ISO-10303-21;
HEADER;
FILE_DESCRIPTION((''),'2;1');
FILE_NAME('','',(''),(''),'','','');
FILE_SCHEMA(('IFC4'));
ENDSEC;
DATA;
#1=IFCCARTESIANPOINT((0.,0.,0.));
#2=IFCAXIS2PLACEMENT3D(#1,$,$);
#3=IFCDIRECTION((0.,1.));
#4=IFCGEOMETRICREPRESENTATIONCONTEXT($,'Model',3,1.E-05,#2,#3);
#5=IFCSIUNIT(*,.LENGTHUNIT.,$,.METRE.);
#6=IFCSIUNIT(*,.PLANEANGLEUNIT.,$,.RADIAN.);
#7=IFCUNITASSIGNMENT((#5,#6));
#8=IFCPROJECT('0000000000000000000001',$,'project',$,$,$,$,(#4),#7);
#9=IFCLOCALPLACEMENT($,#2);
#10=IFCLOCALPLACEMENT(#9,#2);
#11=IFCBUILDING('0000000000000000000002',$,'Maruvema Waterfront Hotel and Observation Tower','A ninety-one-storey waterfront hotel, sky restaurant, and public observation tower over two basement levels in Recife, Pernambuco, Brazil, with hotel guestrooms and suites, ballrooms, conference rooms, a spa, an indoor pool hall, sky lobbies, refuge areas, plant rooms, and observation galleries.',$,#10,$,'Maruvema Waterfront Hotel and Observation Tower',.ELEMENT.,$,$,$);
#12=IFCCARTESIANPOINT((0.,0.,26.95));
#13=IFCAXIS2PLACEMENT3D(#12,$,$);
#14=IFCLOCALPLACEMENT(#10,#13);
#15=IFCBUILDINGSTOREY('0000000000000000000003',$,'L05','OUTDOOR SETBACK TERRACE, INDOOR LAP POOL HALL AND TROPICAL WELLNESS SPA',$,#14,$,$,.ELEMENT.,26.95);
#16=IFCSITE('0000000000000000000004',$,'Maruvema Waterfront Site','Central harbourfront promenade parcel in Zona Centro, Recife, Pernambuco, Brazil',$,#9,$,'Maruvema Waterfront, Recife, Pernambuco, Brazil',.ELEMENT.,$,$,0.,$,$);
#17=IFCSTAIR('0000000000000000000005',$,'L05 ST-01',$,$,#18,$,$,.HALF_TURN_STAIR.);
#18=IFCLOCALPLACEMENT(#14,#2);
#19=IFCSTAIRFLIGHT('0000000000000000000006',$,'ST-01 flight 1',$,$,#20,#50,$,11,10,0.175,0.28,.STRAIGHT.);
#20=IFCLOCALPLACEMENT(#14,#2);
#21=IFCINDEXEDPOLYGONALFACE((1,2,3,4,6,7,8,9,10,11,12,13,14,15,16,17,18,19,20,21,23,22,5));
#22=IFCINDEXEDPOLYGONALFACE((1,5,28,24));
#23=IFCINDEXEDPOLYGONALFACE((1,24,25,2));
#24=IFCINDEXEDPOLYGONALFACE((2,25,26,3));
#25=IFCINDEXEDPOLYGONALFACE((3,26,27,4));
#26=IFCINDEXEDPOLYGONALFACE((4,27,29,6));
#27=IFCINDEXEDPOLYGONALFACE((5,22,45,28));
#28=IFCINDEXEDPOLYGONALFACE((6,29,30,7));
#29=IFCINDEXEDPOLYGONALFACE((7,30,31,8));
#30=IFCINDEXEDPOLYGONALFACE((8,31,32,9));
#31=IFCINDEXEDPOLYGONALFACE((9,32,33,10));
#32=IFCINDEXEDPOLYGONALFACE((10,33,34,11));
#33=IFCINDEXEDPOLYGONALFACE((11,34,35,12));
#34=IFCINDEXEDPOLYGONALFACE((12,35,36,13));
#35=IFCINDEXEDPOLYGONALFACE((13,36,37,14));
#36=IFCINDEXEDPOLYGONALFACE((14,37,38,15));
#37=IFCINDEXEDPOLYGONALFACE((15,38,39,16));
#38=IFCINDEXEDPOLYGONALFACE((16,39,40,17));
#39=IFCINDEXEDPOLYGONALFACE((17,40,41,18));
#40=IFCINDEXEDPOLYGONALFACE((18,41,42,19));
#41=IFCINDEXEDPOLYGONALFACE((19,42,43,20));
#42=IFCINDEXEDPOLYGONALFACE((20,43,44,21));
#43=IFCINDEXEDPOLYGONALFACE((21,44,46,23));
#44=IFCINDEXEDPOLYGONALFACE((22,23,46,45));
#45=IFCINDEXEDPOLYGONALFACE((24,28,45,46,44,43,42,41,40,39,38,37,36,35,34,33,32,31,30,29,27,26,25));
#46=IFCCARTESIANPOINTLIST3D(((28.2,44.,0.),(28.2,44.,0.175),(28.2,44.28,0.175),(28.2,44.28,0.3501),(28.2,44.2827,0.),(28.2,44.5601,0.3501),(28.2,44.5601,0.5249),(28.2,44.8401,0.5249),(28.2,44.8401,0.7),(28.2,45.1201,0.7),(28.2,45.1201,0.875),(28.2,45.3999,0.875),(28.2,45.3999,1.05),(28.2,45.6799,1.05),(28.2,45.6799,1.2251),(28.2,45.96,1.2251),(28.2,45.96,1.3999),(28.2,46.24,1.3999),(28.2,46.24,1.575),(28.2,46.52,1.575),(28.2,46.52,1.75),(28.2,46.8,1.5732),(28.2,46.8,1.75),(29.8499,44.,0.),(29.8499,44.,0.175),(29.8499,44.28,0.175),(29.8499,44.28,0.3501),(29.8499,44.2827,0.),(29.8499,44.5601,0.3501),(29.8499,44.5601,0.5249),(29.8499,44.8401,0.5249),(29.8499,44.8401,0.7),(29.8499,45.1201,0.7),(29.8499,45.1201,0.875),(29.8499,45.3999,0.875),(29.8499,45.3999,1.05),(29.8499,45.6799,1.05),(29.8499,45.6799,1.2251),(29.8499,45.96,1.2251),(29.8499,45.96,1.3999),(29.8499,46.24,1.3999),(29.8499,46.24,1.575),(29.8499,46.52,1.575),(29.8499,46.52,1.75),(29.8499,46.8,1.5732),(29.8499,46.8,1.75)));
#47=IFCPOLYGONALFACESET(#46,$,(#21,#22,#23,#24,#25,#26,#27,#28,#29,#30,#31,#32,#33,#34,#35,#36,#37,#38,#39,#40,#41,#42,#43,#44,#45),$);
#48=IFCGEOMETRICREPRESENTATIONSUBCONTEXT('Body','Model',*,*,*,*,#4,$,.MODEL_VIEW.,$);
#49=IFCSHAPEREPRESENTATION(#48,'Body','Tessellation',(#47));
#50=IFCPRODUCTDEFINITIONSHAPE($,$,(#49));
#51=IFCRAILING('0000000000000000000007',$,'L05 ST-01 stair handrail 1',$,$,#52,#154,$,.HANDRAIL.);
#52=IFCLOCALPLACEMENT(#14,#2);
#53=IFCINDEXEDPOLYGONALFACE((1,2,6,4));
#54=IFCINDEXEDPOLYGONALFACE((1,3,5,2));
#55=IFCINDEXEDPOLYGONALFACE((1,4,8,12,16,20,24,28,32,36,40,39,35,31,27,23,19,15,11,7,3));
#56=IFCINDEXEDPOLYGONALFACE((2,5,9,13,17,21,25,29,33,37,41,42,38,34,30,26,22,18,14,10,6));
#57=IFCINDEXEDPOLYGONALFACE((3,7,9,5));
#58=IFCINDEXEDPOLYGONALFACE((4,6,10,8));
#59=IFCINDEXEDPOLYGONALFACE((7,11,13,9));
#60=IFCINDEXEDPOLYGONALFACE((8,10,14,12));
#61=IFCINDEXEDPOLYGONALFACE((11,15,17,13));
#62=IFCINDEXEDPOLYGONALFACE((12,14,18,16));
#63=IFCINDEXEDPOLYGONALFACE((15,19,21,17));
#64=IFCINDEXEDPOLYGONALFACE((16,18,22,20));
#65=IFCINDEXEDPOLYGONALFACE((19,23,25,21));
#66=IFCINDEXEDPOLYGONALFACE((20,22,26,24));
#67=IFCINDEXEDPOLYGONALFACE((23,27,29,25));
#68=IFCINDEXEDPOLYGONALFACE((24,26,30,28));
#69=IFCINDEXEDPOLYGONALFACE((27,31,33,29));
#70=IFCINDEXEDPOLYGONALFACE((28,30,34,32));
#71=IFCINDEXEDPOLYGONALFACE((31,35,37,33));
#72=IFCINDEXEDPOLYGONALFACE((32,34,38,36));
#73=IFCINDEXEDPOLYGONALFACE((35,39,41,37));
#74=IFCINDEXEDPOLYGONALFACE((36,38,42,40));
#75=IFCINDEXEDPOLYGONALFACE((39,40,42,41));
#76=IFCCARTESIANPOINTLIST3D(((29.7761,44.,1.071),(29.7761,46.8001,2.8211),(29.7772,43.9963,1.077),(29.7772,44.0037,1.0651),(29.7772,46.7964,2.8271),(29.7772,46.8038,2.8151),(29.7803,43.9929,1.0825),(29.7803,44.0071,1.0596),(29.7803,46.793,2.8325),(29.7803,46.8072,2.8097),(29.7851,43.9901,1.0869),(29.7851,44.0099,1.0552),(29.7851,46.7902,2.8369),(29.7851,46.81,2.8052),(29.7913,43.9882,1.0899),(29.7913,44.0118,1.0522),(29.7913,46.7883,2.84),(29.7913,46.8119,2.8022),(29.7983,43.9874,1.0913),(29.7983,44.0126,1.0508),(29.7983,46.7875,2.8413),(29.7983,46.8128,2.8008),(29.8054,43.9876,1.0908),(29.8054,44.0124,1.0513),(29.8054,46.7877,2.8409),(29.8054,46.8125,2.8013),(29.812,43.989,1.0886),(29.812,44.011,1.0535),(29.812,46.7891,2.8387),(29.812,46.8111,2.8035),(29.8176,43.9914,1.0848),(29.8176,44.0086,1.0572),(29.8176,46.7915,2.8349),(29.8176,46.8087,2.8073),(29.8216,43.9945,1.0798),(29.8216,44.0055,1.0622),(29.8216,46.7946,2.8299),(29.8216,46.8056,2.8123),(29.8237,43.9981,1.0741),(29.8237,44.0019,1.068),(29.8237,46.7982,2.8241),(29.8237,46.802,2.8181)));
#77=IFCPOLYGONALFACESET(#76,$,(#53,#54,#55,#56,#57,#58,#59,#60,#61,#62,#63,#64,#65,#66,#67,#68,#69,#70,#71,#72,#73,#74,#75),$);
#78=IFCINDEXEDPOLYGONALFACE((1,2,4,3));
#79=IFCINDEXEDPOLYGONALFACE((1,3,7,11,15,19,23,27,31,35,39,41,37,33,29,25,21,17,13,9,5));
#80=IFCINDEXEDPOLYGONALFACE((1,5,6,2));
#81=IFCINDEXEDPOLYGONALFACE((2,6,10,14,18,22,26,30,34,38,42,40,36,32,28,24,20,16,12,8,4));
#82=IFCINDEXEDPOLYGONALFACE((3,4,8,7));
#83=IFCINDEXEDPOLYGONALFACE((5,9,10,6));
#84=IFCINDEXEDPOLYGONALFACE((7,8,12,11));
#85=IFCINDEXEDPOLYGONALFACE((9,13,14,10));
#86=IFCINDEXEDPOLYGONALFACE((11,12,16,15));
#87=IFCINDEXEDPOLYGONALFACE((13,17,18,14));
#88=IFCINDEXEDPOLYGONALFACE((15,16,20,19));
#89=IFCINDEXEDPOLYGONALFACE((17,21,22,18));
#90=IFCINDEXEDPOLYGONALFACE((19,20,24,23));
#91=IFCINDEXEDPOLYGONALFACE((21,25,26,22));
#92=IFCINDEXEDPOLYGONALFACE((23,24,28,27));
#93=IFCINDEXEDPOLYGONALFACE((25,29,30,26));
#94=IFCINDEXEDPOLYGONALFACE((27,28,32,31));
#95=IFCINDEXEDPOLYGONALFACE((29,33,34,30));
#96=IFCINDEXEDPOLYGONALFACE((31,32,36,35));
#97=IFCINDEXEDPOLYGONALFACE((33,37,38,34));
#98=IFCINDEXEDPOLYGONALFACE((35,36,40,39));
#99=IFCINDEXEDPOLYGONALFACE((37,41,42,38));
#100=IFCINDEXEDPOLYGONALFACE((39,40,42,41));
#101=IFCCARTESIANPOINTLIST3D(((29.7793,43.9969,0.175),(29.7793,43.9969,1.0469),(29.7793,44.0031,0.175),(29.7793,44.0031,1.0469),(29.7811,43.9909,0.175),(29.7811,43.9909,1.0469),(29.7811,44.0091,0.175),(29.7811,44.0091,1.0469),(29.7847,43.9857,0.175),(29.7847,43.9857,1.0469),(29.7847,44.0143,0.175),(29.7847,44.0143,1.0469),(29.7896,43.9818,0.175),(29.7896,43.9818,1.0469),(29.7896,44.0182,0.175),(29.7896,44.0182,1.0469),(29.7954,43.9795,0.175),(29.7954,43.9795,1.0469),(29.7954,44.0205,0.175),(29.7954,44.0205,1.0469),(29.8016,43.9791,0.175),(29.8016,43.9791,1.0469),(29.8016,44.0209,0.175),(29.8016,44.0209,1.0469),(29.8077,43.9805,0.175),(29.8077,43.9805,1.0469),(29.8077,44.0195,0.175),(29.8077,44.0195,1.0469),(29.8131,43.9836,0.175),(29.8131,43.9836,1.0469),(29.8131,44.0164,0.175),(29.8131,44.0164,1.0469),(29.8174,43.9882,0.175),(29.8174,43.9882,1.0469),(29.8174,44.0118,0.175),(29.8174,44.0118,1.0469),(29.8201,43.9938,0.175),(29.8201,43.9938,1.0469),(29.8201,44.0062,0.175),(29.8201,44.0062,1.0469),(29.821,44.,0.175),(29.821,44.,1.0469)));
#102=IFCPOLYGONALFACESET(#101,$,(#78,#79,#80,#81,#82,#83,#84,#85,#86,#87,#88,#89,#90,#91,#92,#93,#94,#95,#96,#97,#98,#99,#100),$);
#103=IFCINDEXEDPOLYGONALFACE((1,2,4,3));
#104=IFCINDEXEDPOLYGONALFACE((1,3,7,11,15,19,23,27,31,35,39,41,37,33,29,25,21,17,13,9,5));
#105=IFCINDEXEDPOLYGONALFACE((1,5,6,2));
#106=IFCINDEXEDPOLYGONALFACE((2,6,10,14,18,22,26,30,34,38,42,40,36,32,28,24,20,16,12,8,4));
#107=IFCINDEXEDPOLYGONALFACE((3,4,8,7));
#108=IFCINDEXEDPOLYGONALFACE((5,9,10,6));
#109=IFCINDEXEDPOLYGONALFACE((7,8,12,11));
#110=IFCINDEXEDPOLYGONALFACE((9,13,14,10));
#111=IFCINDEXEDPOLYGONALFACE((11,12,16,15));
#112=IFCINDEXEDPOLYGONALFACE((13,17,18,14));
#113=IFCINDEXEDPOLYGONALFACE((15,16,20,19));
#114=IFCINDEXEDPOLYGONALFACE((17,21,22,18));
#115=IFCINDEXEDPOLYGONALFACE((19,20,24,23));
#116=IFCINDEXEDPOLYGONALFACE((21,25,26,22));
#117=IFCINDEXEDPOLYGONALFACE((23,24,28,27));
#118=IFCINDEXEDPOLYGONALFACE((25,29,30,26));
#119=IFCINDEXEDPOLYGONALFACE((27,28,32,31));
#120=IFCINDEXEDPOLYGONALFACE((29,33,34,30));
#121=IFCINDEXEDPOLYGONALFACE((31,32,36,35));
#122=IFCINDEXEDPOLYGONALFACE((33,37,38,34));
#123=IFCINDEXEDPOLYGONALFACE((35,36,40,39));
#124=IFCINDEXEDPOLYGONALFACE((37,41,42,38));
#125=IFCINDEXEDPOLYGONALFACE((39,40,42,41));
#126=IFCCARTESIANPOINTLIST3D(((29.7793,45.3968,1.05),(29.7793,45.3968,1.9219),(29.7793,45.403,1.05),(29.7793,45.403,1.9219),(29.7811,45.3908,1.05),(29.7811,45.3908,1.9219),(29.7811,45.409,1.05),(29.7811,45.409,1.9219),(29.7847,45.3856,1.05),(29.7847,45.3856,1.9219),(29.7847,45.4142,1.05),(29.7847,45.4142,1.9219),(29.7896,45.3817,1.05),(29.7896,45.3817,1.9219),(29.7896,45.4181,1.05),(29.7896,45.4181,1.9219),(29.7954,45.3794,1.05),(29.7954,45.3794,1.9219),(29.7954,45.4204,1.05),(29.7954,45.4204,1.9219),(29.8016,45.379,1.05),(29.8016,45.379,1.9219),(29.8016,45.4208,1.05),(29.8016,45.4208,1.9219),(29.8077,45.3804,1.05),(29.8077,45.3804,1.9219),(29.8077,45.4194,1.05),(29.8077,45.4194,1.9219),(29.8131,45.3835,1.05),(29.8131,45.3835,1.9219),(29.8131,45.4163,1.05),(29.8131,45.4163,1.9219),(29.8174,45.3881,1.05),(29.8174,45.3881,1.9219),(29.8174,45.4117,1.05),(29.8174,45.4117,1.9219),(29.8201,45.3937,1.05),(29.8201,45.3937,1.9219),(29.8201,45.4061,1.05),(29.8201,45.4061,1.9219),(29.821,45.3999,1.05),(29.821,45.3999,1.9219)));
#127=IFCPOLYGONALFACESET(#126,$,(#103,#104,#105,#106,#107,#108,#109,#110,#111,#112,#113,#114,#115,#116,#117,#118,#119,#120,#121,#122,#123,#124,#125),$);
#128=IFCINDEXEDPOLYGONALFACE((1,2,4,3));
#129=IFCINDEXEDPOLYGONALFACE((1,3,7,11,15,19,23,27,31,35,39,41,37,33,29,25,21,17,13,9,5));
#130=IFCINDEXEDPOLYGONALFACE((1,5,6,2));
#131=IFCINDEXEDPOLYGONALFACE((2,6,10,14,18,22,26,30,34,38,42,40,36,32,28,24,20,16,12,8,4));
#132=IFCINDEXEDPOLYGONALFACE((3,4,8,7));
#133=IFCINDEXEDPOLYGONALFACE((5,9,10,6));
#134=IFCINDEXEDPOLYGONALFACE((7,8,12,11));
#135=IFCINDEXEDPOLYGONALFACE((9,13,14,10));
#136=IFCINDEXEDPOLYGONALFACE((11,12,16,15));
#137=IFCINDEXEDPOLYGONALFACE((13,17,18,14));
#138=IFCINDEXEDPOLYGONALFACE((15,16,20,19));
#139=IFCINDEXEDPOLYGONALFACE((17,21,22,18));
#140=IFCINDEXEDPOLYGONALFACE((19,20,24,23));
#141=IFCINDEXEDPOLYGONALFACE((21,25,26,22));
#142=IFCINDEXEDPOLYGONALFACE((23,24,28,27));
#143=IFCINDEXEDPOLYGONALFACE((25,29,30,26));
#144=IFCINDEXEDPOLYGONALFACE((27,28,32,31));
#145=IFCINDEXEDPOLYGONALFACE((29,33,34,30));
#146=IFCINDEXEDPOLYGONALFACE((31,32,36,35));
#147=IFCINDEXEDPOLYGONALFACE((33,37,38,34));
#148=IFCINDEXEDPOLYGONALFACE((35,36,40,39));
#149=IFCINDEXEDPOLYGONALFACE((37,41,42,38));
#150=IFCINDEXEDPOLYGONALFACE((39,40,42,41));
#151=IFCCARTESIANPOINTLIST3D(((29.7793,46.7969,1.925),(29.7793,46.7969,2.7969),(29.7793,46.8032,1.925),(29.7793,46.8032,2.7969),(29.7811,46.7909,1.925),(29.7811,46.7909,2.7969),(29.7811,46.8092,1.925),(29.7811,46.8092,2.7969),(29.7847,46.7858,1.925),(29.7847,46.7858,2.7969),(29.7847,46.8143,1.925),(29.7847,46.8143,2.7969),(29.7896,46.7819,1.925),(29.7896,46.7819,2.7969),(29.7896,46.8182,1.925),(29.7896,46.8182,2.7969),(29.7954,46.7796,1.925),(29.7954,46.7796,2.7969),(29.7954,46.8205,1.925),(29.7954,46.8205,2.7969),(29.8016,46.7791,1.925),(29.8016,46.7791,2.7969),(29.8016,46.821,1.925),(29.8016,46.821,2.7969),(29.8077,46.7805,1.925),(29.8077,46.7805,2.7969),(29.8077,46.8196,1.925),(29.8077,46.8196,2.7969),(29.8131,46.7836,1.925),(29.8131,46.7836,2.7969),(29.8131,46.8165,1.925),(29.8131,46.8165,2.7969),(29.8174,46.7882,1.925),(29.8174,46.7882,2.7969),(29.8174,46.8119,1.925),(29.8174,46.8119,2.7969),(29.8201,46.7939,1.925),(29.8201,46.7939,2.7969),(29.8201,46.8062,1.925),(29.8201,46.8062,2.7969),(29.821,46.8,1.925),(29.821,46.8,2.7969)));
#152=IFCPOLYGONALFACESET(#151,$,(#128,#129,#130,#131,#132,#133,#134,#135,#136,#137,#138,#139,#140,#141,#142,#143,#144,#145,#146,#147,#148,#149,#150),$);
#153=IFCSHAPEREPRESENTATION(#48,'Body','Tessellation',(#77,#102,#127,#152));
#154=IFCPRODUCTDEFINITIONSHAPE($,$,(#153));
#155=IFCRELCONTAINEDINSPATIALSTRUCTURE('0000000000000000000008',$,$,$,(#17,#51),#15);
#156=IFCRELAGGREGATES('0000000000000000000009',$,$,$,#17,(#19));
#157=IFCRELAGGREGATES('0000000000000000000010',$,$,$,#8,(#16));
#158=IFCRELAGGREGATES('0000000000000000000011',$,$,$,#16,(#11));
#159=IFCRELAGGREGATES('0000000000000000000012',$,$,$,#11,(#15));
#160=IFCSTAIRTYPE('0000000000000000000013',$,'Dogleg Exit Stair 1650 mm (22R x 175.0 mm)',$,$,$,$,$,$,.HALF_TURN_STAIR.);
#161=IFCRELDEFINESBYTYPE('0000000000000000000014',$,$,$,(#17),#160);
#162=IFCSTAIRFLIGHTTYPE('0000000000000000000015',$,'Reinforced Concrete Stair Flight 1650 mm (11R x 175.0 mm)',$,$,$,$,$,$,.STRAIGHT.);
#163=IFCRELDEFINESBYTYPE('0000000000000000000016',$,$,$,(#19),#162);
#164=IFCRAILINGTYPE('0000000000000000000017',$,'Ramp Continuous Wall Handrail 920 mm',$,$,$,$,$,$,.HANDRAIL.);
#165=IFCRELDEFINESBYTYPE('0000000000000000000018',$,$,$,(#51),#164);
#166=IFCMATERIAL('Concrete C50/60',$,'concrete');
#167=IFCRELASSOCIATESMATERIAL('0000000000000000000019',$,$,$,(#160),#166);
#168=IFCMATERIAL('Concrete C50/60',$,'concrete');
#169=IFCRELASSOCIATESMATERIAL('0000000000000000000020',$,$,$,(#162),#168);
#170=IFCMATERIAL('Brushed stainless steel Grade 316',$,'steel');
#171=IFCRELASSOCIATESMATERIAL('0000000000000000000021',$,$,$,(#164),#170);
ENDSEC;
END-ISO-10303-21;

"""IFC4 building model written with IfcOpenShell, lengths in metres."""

from ifc_helpers import new_model, si_unit, direction, frame, origin, origin_2d, place, context, subcontext, project, spatial, polyline, circle, outline, extrude, material, type_object, element, aggregate, save


model = new_model("IFC4")

# Units and contexts
model_context = context("Model", 3, precision=1e-05, world=origin(), true_north=direction((0.0, 1.0)))
body_context = subcontext(model_context, "Body", "Model", "MODEL_VIEW")
ifc_project = project(units=[si_unit("LENGTHUNIT", "METRE"), si_unit("PLANEANGLEUNIT", "RADIAN")], contexts=[model_context])

# Site, building, storey
site_placement = place(None, origin())
site = spatial("IfcSite", under=ifc_project, at=site_placement, Name="Maruvema Waterfront Site", Description="Central harbourfront promenade parcel in Zona Centro, Recife, Pernambuco, Brazil", LongName="Maruvema Waterfront, Recife, Pernambuco, Brazil", CompositionType="ELEMENT", RefElevation=0.0)
building_placement = place(site_placement, origin())
building = spatial("IfcBuilding", under=site, at=building_placement, Name="Maruvema Waterfront Hotel and Observation Tower", Description="A ninety-one-storey waterfront hotel, sky restaurant, and public observation tower over two basement levels in Recife, Pernambuco, Brazil, with hotel guestrooms and suites, ballrooms, conference rooms, a spa, an indoor pool hall, sky lobbies, refuge areas, plant rooms, and observation galleries.", LongName="Maruvema Waterfront Hotel and Observation Tower", CompositionType="ELEMENT")
storey_placement = place(building_placement, frame((0.0, 0.0, 26.95)))
storey = spatial("IfcBuildingStorey", under=building, at=storey_placement, Name="L05", Description="OUTDOOR SETBACK TERRACE, INDOOR LAP POOL HALL AND TROPICAL WELLNESS SPA", CompositionType="ELEMENT", Elevation=26.95)

# Stair, stair flight
ifc_material_1 = material(Name="Concrete C50/60", Category="concrete")
stair_type = type_object("IfcStairType", Name="Dogleg Exit Stair 1650 mm (22R x 175.0 mm)", PredefinedType="HALF_TURN_STAIR", material=ifc_material_1)
stair_placement = place(storey_placement, origin())
stair = element("IfcStair", 1, at=stair_placement, inside=storey, type_object=stair_type, Name="L05 ST-01", PredefinedType="HALF_TURN_STAIR")
ifc_material_2 = material(Name="Concrete C50/60", Category="concrete")
stair_flight_type = type_object("IfcStairFlightType", Name="Reinforced Concrete Stair Flight 1650 mm (11R x 175.0 mm)", PredefinedType="STRAIGHT", material=ifc_material_2)
stair_flight_placement = place(storey_placement, frame((29.0249, 44.0, 0.0), z_axis=(0.0, 0.0, 1.0), x_axis=(0.0, 1.0, 0.0)))
stair_flight = element("IfcStairFlight", 2, at=stair_flight_placement, type_object=stair_flight_type, Name="ST-01 flight 1", NumberOfRisers=11, NumberOfTreads=10, PredefinedType="STRAIGHT", RiserHeight=0.175, TreadLength=0.28, context=body_context, shape_type="SweptSolid", body=[
    extrude(outline(polyline([(0.0, 0.0), (0.0, 0.175), (0.28, 0.175), (0.28, 0.3501), (0.5601, 0.3501), (0.5601, 0.5249), (0.8401, 0.5249), (0.8401, 0.7), (1.1201, 0.7), (1.1201, 0.875), (1.3999, 0.875), (1.3999, 1.05), (1.6799, 1.05), (1.6799, 1.2251), (1.96, 1.2251), (1.96, 1.3999), (2.24, 1.3999), (2.24, 1.575), (2.52, 1.575), (2.52, 1.75), (2.8, 1.75), (2.8, 1.925), (2.8, 1.5732), (0.2827, 0.0), (0.0, 0.0)])), frame((0.0, 0.825, 0.0), z_axis=(0.0, -1.0, 0.0), x_axis=(1.0, 0.0, 0.0)), (0.0, 0.0, 1.0), 1.6499),
])
aggregate(stair, [stair_flight])

# Railing
ifc_material_3 = material(Name="Brushed stainless steel Grade 316", Category="steel")
railing_type_1 = type_object("IfcRailingType", Name="Ramp Continuous Wall Handrail 920 mm", PredefinedType="HANDRAIL", material=ifc_material_3)
railing_1_placement = place(storey_placement, frame((29.8, 44.0, 0.175)))
element("IfcRailing", 3, at=railing_1_placement, inside=storey, type_object=railing_type_1, Name="L05 ST-01 stair handrail 1", PredefinedType="HANDRAIL", context=body_context, shape_type="SweptSolid", body=[
    extrude(circle(Radius=0.0239, at=origin_2d()), frame((0.0, 0.0, 0.896), z_axis=(0.0, 0.848002, 0.529992), x_axis=(-1.0, 0.0, 0.0)), (0.0, 0.0, 1.0), 3.302),
    extrude(circle(Radius=0.021, at=origin_2d()), origin(), (0.0, 0.0, 1.0), 0.8718),
    extrude(circle(Radius=0.021, at=origin_2d()), frame((0.0, 1.3999, 0.875)), (0.0, 0.0, 1.0), 0.8718),
    extrude(circle(Radius=0.021, at=origin_2d()), frame((0.0, 2.8, 1.75)), (0.0, 0.0, 1.0), 0.8718),
])

save(model, "model.ifc")
